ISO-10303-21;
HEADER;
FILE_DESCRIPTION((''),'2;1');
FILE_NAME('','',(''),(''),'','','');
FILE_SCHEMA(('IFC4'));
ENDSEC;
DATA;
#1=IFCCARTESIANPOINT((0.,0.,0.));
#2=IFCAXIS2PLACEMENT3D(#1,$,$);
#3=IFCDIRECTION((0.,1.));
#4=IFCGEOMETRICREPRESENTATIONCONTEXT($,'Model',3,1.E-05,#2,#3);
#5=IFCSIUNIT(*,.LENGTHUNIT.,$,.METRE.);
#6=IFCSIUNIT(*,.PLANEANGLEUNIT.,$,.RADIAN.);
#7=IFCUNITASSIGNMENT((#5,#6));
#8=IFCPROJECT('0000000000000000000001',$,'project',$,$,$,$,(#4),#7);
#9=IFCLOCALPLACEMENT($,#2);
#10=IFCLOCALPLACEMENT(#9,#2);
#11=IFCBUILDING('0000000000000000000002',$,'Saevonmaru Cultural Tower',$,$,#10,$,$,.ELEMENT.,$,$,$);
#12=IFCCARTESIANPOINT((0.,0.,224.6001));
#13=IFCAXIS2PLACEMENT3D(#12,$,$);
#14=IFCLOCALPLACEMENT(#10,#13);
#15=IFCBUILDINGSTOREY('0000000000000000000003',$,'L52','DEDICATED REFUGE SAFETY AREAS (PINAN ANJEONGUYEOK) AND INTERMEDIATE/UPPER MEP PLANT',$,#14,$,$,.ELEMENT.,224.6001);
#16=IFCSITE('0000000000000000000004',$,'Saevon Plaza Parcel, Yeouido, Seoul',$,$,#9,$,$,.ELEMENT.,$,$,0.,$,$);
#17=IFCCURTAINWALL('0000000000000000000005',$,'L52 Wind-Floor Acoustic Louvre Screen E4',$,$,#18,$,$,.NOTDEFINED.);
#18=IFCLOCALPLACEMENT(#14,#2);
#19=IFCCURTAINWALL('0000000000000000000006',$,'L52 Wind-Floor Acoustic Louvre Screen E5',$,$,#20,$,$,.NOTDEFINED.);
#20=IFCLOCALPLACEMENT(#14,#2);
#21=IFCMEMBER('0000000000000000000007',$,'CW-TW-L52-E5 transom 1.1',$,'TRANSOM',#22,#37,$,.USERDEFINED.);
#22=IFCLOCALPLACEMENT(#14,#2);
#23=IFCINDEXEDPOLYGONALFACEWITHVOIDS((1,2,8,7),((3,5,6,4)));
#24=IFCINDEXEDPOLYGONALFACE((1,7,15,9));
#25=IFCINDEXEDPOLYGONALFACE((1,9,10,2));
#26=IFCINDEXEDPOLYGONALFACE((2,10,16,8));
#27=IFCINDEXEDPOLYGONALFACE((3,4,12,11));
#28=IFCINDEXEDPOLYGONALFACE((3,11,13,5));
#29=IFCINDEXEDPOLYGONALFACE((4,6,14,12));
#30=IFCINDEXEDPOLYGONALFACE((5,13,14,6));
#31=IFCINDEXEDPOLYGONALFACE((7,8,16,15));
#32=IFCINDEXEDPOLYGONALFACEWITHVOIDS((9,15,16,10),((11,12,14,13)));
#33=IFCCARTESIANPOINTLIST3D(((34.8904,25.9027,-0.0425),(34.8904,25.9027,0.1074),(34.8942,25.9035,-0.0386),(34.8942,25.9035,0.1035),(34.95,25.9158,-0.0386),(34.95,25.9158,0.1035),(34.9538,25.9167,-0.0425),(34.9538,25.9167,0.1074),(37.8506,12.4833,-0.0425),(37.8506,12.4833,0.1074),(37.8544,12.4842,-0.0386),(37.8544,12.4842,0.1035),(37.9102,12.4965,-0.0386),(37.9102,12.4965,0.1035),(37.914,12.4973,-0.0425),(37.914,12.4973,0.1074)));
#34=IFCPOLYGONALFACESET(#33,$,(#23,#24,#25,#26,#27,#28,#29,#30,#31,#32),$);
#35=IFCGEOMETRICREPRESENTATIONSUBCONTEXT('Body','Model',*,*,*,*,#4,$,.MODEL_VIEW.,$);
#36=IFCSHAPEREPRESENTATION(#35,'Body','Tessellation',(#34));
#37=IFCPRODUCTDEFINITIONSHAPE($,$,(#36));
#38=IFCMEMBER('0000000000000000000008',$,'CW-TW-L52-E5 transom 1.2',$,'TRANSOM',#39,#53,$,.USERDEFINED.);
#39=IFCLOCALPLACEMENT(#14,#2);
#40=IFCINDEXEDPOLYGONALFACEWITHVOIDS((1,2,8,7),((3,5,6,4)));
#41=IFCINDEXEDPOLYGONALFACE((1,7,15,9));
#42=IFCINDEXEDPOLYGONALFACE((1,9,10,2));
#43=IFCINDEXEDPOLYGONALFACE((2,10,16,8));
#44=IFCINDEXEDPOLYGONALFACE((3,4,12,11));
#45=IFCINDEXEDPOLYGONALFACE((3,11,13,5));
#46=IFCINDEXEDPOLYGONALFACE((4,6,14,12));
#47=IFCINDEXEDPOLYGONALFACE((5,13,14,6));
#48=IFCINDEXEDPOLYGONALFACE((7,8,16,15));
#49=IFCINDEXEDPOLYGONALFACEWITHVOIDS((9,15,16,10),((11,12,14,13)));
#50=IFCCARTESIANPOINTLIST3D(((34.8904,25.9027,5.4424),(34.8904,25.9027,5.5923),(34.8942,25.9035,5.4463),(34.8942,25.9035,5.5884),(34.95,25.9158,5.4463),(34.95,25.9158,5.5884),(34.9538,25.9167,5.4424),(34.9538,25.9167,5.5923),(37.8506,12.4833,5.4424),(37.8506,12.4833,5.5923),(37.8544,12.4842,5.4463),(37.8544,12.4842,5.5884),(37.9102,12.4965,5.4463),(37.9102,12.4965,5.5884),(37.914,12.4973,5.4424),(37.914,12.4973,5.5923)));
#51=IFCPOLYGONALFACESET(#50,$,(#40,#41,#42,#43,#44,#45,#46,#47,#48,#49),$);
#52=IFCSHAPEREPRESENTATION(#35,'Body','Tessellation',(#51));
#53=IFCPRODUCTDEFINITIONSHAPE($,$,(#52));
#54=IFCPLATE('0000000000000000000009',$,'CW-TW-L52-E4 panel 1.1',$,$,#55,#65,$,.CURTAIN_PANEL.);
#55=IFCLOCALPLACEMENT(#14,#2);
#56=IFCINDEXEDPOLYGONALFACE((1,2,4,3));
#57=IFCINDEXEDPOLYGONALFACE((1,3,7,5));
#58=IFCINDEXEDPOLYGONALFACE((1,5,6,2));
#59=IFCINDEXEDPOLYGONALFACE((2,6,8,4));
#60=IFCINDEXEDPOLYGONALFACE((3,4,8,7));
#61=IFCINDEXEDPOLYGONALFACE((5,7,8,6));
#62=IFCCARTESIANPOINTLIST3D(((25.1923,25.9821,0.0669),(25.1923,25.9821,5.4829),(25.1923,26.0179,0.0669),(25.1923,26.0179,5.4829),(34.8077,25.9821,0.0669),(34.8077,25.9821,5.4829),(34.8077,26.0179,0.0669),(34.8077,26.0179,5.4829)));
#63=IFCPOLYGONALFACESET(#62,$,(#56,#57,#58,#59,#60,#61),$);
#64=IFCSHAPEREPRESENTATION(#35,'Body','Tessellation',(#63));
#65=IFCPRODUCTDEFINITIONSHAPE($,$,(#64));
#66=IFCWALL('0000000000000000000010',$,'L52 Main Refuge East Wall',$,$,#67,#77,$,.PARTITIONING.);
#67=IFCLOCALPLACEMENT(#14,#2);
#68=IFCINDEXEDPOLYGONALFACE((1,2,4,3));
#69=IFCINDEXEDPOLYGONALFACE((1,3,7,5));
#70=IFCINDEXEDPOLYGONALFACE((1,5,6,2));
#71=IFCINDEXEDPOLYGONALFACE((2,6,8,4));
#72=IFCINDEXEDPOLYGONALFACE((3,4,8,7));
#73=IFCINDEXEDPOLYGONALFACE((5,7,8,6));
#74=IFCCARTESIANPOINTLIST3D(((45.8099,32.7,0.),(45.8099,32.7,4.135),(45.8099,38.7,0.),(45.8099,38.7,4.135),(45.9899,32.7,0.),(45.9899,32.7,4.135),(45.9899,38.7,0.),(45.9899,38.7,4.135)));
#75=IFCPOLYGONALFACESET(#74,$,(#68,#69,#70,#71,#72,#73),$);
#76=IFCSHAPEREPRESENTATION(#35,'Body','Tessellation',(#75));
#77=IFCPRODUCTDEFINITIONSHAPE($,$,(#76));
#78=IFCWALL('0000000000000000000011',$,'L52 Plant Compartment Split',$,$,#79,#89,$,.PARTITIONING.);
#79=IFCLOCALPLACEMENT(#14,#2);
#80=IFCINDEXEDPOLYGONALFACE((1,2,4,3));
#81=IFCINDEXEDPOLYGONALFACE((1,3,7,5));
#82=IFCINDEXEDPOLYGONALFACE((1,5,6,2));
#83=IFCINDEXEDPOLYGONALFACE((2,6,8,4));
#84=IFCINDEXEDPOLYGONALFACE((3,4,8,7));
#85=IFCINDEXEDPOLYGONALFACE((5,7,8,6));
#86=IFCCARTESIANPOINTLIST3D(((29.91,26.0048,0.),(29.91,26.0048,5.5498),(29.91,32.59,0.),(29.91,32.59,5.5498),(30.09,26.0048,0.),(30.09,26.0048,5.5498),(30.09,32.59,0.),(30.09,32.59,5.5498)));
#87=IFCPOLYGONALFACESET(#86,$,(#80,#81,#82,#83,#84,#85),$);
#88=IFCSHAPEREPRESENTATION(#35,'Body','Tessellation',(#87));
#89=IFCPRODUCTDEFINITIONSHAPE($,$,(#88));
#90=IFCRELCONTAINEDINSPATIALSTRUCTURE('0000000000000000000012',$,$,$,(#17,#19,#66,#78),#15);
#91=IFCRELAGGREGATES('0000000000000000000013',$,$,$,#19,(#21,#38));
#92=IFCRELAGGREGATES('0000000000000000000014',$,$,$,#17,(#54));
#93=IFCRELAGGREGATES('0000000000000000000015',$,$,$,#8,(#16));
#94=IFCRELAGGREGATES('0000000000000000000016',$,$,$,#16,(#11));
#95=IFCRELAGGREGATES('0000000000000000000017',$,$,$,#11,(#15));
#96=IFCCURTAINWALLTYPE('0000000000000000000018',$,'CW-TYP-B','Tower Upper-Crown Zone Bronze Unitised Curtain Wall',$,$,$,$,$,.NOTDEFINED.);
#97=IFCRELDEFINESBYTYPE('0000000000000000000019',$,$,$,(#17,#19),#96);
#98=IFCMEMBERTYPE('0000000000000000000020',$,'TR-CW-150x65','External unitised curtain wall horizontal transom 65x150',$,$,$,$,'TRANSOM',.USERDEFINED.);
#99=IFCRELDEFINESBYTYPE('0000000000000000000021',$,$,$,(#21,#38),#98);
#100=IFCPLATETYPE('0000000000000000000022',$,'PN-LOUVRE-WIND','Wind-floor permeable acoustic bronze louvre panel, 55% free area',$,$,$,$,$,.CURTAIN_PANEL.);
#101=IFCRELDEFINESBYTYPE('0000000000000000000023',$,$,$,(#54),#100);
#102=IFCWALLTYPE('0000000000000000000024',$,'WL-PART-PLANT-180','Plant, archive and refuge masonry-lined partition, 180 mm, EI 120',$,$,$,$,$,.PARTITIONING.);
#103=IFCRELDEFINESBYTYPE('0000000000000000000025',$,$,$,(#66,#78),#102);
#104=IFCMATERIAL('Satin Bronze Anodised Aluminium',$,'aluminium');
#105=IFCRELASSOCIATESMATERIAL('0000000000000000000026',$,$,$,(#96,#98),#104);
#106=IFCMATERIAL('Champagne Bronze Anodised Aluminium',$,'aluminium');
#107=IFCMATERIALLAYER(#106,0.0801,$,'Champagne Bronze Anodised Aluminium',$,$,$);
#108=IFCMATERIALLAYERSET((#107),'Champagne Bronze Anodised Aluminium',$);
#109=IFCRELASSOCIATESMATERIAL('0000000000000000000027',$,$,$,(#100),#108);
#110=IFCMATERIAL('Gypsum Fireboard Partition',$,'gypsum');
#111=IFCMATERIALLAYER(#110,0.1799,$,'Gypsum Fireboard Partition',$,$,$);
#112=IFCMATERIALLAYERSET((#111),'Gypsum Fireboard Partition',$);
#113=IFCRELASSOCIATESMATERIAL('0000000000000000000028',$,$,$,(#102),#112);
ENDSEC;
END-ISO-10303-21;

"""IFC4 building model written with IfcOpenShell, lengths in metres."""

from ifc_helpers import new_model, si_unit, direction, frame, frame_2d, origin, origin_2d, place, context, subcontext, project, spatial, rectangle, hollow_rectangle, extrude, material, layer, layer_set, material_profile, profile_set, type_object, element, aggregate, save


model = new_model("IFC4")

# Units and contexts
model_context = context("Model", 3, precision=1e-05, world=origin(), true_north=direction((0.0, 1.0)))
body_context = subcontext(model_context, "Body", "Model", "MODEL_VIEW")
ifc_project = project(units=[si_unit("LENGTHUNIT", "METRE"), si_unit("PLANEANGLEUNIT", "RADIAN")], contexts=[model_context])

# Site, building, storey
site_placement = place(None, origin())
site = spatial("IfcSite", under=ifc_project, at=site_placement, Name="Saevon Plaza Parcel, Yeouido, Seoul", CompositionType="ELEMENT", RefElevation=0.0)
building_placement = place(site_placement, origin())
building = spatial("IfcBuilding", under=site, at=building_placement, Name="Saevonmaru Cultural Tower", CompositionType="ELEMENT")
storey_placement = place(building_placement, frame((0.0, 0.0, 224.6001)))
storey = spatial("IfcBuildingStorey", under=building, at=storey_placement, Name="L52", Description="DEDICATED REFUGE SAFETY AREAS (PINAN ANJEONGUYEOK) AND INTERMEDIATE/UPPER MEP PLANT", CompositionType="ELEMENT", Elevation=224.6001)

# Shared definitions
ifc_material_1 = material(Name="Satin Bronze Anodised Aluminium", Category="aluminium")
curtain_wall_type = type_object("IfcCurtainWallType", Name="CW-TYP-B", Description="Tower Upper-Crown Zone Bronze Unitised Curtain Wall", PredefinedType="NOTDEFINED", material=ifc_material_1)

# Curtain wall
curtain_wall_1_placement = place(storey_placement, origin())
curtain_wall_1 = element("IfcCurtainWall", 1, at=curtain_wall_1_placement, inside=storey, type_object=curtain_wall_type, Name="L52 Wind-Floor Acoustic Louvre Screen E4", PredefinedType="NOTDEFINED")

# Curtain wall
curtain_wall_2_placement = place(storey_placement, origin())
curtain_wall_2 = element("IfcCurtainWall", 2, at=curtain_wall_2_placement, inside=storey, type_object=curtain_wall_type, Name="L52 Wind-Floor Acoustic Louvre Screen E5", PredefinedType="NOTDEFINED")

# Members
ifc_material_profile_1 = material_profile(ifc_material_1, hollow_rectangle(XDim=0.0649, YDim=0.1499, WallThickness=0.0039, at=origin_2d()), Name="ALU-TRAN-150x65x4")
ifc_profile_set_1 = profile_set([ifc_material_profile_1], Name="Satin Bronze Anodised Aluminium")
member_type_1 = type_object("IfcMemberType", Name="TR-CW-150x65", Description="External unitised curtain wall horizontal transom 65x150", ElementType="TRANSOM", PredefinedType="USERDEFINED", material=ifc_profile_set_1)
member_1_placement = place(storey_placement, frame((34.9221, 25.9097, 0.0325), z_axis=(0.215412, -0.976523, 0.0), x_axis=(0.976523, 0.215412, 0.0)))
member_1 = element("IfcMember", 3, at=member_1_placement, type_object=member_type_1, Name="CW-TW-L52-E5 transom 1.1", ObjectType="TRANSOM", PredefinedType="USERDEFINED", context=body_context, shape_type="SweptSolid", body=[
    extrude(hollow_rectangle(XDim=0.0649, YDim=0.1499, WallThickness=0.0039, at=origin_2d()), origin(), (0.0, 0.0, 1.0), 13.7419),
])
member_2_placement = place(storey_placement, frame((34.9221, 25.9097, 5.5173), z_axis=(0.215412, -0.976523, 0.0), x_axis=(0.976523, 0.215412, 0.0)))
member_2 = element("IfcMember", 4, at=member_2_placement, type_object=member_type_1, Name="CW-TW-L52-E5 transom 1.2", ObjectType="TRANSOM", PredefinedType="USERDEFINED", context=body_context, shape_type="SweptSolid", body=[
    extrude(hollow_rectangle(XDim=0.0649, YDim=0.1499, WallThickness=0.0039, at=origin_2d()), origin(), (0.0, 0.0, 1.0), 13.7419),
])
aggregate(curtain_wall_2, [member_1, member_2])

# Plate
ifc_material_2 = material(Name="Champagne Bronze Anodised Aluminium", Category="aluminium")
ifc_layer_1 = layer(ifc_material_2, 0.0801, Name="Champagne Bronze Anodised Aluminium")
ifc_layer_set_1 = layer_set([ifc_layer_1], Name="Champagne Bronze Anodised Aluminium")
plate_type = type_object("IfcPlateType", Name="PN-LOUVRE-WIND", Description="Wind-floor permeable acoustic bronze louvre panel, 55% free area", PredefinedType="CURTAIN_PANEL", material=ifc_layer_set_1)
plate_placement = place(storey_placement, frame((30.0, 26.0, 0.0669), z_axis=(0.0, 0.0, 1.0), x_axis=(1.0, 0.0, 0.0)))
plate = element("IfcPlate", 5, at=plate_placement, type_object=plate_type, Name="CW-TW-L52-E4 panel 1.1", PredefinedType="CURTAIN_PANEL", context=body_context, shape_type="SweptSolid", body=[
    extrude(rectangle(XDim=9.6155, YDim=0.0359, at=origin_2d()), origin(), (0.0, 0.0, 1.0), 5.416),
])
aggregate(curtain_wall_1, [plate])

# Walls
ifc_material_3 = material(Name="Gypsum Fireboard Partition", Category="gypsum")
ifc_layer_2 = layer(ifc_material_3, 0.1799, Name="Gypsum Fireboard Partition")
ifc_layer_set_2 = layer_set([ifc_layer_2], Name="Gypsum Fireboard Partition")
wall_type = type_object("IfcWallType", Name="WL-PART-PLANT-180", Description="Plant, archive and refuge masonry-lined partition, 180 mm, EI 120", PredefinedType="PARTITIONING", material=ifc_layer_set_2)
wall_1_placement = place(storey_placement, frame((45.8999, 32.7, 0.0), z_axis=(0.0, 0.0, 1.0), x_axis=(0.0, 1.0, 0.0)))
element("IfcWall", 6, at=wall_1_placement, inside=storey, type_object=wall_type, Name="L52 Main Refuge East Wall", PredefinedType="PARTITIONING", context=body_context, shape_type="SweptSolid", body=[
    extrude(rectangle(XDim=6.0, YDim=0.1799, at=frame_2d((3.0, 0.0))), origin(), (0.0, 0.0, 1.0), 4.135),
])
wall_2_placement = place(storey_placement, frame((30.0, 26.0049, 0.0), z_axis=(0.0, 0.0, 1.0), x_axis=(0.0, 1.0, 0.0)))
element("IfcWall", 7, at=wall_2_placement, inside=storey, type_object=wall_type, Name="L52 Plant Compartment Split", PredefinedType="PARTITIONING", context=body_context, shape_type="SweptSolid", body=[
    extrude(rectangle(XDim=6.5852, YDim=0.1799, at=frame_2d((3.2925, 0.0))), origin(), (0.0, 0.0, 1.0), 5.5498),
])

save(model, "model.ifc")
